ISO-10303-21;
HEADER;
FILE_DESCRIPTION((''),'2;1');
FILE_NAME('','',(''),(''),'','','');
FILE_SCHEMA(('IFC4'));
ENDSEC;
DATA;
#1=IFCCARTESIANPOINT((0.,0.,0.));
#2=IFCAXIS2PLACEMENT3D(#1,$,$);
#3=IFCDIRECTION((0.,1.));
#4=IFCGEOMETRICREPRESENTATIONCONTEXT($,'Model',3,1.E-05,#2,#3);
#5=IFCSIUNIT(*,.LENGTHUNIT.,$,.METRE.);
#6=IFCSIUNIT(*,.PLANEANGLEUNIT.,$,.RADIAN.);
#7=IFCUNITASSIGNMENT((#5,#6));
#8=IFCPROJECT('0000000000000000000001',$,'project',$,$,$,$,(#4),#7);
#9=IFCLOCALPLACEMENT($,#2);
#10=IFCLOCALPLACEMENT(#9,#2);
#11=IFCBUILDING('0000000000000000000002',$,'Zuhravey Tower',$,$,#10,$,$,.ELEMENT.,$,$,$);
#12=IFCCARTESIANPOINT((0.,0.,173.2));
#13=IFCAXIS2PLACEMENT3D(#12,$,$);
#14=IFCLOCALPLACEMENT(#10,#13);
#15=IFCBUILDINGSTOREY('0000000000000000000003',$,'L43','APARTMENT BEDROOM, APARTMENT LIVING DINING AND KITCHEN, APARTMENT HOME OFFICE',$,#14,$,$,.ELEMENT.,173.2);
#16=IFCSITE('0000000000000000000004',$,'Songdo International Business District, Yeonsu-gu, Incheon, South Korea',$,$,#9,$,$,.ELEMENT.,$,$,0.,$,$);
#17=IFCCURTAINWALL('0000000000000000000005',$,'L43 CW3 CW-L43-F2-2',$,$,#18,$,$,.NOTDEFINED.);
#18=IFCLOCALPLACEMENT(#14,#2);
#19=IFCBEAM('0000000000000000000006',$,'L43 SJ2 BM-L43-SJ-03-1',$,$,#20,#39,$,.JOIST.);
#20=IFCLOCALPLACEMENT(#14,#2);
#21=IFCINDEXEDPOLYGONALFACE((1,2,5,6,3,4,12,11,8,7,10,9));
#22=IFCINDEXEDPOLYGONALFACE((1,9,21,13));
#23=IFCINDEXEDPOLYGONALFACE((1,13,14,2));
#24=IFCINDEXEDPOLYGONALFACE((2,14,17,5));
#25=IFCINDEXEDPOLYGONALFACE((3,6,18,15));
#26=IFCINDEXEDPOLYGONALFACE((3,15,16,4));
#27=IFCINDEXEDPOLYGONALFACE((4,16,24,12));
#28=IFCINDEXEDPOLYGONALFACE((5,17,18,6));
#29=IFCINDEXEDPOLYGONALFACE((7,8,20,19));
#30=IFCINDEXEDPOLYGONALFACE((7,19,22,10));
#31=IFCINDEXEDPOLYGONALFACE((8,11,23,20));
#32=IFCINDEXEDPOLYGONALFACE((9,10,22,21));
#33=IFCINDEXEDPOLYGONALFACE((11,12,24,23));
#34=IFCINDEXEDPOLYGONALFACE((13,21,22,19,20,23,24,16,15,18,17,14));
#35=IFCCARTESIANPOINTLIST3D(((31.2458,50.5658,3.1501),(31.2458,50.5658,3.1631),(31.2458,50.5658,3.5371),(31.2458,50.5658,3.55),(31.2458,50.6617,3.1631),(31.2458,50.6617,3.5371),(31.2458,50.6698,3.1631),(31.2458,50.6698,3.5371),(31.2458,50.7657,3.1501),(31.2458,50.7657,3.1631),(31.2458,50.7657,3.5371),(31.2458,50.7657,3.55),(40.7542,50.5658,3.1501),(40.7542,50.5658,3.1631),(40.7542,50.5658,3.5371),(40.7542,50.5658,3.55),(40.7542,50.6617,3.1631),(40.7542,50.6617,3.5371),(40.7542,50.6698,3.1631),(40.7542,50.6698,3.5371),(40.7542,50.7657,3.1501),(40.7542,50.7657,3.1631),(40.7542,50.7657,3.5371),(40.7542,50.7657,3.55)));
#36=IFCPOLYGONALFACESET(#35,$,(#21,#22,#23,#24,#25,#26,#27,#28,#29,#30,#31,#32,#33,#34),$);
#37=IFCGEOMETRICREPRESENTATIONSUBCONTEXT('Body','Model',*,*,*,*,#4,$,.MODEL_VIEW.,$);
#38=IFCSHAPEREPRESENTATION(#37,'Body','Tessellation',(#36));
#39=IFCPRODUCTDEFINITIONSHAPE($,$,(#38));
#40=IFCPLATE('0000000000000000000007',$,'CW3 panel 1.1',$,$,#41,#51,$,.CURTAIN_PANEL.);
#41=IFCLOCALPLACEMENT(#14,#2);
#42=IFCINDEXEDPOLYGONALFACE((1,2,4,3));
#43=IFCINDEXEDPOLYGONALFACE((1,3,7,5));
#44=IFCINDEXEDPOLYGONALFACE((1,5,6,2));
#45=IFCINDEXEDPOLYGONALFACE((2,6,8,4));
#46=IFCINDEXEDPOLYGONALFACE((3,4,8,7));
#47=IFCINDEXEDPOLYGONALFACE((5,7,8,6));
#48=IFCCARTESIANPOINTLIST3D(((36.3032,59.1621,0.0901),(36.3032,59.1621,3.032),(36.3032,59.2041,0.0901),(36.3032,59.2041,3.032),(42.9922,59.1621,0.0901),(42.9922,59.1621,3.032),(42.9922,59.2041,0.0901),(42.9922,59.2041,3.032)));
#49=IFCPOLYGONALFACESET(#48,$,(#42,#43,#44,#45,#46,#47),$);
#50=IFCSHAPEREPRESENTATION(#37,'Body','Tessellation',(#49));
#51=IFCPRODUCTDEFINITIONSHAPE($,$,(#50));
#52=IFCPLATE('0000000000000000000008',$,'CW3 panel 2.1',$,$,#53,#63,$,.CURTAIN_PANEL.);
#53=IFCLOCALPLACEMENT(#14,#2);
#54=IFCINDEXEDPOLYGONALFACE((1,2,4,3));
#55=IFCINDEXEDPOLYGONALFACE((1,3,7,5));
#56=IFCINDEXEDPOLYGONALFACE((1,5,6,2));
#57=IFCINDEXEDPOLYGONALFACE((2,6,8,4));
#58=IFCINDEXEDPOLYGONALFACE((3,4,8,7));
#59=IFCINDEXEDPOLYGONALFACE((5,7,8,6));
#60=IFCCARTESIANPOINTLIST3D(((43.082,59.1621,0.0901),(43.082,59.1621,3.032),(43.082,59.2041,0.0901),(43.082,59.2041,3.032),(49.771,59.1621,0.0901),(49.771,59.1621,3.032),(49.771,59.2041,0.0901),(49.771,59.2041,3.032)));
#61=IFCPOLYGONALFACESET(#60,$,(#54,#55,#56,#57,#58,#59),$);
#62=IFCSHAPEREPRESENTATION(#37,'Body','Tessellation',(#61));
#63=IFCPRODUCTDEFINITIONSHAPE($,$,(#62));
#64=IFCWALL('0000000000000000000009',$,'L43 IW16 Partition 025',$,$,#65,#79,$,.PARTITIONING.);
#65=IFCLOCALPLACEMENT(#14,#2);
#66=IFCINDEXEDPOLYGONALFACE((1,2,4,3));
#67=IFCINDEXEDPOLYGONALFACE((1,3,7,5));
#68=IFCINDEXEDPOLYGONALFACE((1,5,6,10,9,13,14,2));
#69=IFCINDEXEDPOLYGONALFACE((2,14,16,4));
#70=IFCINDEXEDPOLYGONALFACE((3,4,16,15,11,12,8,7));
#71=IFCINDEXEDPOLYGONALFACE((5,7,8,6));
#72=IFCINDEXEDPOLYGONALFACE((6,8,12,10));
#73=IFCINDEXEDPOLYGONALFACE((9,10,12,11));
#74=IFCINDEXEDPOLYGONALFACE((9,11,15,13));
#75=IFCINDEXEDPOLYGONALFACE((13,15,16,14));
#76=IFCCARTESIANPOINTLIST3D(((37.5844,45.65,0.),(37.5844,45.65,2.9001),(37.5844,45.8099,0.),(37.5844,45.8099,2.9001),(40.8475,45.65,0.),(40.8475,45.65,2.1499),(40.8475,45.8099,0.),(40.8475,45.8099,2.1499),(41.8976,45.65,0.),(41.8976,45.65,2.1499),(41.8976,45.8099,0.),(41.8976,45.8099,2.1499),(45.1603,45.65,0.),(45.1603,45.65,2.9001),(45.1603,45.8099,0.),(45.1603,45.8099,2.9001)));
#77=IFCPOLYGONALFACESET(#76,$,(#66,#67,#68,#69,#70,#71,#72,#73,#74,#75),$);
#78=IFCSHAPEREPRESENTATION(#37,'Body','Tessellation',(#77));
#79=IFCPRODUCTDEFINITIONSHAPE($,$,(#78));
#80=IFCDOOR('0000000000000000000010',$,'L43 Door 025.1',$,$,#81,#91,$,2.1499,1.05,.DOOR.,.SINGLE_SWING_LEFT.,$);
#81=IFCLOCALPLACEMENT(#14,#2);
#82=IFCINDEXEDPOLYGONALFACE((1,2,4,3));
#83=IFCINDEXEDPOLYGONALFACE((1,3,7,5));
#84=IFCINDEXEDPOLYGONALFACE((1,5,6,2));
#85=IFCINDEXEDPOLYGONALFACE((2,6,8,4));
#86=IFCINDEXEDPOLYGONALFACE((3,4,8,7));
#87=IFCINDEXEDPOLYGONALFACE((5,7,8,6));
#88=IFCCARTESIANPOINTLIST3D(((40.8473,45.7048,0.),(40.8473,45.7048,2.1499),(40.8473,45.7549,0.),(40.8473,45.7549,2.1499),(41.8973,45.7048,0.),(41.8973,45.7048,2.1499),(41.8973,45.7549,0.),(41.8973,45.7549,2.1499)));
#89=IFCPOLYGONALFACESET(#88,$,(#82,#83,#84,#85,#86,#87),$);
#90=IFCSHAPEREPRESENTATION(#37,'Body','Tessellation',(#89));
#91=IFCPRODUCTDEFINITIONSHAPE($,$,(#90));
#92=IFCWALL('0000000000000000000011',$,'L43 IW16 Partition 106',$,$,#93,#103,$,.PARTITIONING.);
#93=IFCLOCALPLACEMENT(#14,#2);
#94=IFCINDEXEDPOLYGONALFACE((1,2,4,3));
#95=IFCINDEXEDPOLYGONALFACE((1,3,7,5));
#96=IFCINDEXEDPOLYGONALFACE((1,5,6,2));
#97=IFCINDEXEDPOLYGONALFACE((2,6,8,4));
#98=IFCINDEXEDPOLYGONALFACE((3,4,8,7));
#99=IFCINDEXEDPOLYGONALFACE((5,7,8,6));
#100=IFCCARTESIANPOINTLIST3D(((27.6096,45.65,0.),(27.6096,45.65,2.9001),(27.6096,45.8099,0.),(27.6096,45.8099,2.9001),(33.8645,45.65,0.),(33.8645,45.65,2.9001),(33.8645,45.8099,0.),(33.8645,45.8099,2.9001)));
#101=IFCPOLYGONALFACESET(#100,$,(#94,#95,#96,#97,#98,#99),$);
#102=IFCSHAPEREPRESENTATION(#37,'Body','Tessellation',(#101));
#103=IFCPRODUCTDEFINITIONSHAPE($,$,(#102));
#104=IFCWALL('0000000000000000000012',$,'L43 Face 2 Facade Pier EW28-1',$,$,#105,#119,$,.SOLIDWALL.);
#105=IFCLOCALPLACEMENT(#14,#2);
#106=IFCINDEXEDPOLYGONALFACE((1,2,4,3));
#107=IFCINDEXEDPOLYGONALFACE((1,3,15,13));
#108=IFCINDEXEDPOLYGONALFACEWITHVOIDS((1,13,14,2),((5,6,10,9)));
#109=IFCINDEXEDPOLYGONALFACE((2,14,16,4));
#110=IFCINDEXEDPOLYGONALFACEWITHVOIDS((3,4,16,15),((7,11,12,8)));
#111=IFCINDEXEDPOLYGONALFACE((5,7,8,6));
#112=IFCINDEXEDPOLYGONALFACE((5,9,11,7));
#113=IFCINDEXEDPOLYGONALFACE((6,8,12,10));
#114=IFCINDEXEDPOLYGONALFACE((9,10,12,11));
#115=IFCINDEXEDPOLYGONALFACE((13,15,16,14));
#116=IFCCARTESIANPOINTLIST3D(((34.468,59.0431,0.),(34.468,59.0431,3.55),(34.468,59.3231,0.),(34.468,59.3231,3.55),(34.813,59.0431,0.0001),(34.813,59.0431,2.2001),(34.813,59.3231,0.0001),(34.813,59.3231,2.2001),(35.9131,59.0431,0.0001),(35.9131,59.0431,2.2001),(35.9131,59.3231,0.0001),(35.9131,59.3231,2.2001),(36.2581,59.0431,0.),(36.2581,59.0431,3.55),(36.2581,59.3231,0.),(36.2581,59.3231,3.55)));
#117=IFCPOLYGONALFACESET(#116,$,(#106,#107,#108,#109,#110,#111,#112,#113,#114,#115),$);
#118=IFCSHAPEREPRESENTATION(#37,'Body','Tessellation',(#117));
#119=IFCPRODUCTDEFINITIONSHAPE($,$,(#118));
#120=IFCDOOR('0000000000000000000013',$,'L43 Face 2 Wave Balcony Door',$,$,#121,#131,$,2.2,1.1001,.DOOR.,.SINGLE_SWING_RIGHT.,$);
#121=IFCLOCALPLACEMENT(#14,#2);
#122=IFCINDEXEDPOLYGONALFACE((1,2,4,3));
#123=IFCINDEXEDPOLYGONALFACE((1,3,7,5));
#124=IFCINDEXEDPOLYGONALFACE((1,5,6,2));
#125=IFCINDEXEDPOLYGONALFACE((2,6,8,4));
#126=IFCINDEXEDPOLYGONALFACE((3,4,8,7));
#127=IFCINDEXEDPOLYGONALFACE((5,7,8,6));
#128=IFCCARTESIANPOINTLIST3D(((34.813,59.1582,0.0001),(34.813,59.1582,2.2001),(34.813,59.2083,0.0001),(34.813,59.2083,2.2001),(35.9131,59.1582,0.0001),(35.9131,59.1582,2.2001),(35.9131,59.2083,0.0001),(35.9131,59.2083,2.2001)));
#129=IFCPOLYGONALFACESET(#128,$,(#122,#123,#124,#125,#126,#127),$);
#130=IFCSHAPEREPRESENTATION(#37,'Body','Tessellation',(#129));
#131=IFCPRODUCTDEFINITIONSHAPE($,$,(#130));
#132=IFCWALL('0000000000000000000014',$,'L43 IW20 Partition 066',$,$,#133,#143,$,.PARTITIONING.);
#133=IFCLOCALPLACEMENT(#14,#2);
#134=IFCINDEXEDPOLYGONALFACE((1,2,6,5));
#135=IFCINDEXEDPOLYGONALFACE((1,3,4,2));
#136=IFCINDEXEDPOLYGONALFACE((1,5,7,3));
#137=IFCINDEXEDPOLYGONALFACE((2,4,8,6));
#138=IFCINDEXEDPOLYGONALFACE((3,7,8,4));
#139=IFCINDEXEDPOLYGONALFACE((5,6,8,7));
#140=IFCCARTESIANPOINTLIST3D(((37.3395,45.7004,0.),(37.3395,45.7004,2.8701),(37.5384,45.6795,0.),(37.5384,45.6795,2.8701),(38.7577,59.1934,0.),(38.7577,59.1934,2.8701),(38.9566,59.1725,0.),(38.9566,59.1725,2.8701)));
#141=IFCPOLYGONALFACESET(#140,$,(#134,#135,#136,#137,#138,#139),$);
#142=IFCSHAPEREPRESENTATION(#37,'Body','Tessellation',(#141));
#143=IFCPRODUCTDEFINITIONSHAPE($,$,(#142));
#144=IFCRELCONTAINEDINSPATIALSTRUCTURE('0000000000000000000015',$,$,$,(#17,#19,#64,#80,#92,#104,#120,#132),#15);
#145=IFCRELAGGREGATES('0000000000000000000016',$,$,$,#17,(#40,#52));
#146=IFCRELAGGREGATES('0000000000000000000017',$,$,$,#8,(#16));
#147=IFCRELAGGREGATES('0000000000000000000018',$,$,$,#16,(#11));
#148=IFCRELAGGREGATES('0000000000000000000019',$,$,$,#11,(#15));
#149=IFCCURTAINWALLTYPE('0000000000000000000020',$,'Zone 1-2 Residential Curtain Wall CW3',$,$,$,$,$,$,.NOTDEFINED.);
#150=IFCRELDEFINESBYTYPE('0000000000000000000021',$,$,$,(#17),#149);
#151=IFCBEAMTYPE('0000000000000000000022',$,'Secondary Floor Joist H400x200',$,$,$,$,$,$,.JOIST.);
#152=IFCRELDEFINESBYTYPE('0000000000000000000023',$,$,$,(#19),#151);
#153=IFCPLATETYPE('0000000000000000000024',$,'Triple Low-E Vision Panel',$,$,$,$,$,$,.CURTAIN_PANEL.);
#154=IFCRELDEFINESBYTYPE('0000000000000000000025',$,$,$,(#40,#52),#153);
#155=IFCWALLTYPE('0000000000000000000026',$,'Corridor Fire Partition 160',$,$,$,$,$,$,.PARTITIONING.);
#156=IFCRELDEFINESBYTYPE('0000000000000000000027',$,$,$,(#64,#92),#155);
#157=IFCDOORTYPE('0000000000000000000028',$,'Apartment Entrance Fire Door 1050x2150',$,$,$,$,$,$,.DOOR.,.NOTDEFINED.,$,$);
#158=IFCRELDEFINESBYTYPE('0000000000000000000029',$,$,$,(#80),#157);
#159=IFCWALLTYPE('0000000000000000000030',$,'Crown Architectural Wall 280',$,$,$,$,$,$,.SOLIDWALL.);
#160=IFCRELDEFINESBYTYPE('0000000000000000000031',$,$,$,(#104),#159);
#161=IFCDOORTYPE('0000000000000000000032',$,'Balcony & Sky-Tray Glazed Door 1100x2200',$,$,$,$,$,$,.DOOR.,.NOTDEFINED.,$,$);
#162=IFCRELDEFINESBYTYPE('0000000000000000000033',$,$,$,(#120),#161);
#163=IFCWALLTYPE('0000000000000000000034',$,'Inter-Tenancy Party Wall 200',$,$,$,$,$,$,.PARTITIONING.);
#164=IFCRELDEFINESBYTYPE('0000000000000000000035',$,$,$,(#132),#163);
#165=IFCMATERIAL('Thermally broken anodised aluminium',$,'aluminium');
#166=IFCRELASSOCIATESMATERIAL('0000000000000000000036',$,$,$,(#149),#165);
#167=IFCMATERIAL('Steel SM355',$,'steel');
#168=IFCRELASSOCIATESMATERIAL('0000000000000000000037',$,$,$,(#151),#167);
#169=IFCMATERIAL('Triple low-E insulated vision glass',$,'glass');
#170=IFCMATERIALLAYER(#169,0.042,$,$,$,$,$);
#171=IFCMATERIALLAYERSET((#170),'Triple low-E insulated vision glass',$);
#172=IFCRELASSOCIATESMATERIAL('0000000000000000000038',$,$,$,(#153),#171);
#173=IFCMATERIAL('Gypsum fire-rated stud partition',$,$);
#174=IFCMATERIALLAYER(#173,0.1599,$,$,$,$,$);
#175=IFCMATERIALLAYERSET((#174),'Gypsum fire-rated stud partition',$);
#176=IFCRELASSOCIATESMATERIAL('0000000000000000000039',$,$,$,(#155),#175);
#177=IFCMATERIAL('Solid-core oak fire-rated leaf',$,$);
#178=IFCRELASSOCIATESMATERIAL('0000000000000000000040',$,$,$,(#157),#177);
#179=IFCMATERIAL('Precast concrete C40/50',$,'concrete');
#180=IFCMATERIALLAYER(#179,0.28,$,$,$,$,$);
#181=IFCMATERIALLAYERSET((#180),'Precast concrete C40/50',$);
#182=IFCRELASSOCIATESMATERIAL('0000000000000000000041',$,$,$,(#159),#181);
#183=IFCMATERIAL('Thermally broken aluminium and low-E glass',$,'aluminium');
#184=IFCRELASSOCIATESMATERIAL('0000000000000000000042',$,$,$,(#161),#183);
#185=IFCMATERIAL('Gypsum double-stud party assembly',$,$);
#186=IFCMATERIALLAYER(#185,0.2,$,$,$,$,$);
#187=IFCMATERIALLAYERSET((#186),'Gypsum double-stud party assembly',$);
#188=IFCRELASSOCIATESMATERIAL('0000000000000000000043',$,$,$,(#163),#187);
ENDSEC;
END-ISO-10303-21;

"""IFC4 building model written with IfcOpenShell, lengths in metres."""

from ifc_helpers import new_model, si_unit, direction, frame, frame_2d, origin, origin_2d, place, context, subcontext, project, spatial, rectangle, i_section, extrude, material, layer, layer_set, material_profile, profile_set, type_object, element, fill, aggregate, save


model = new_model("IFC4")

# Units and contexts
model_context = context("Model", 3, precision=1e-05, world=origin(), true_north=direction((0.0, 1.0)))
body_context = subcontext(model_context, "Body", "Model", "MODEL_VIEW")
ifc_project = project(units=[si_unit("LENGTHUNIT", "METRE"), si_unit("PLANEANGLEUNIT", "RADIAN")], contexts=[model_context])

# Site, building, storey
site_placement = place(None, origin())
site = spatial("IfcSite", under=ifc_project, at=site_placement, Name="Songdo International Business District, Yeonsu-gu, Incheon, South Korea", CompositionType="ELEMENT", RefElevation=0.0)
building_placement = place(site_placement, origin())
building = spatial("IfcBuilding", under=site, at=building_placement, Name="Zuhravey Tower", CompositionType="ELEMENT")
storey_placement = place(building_placement, frame((0.0, 0.0, 173.2)))
storey = spatial("IfcBuildingStorey", under=building, at=storey_placement, Name="L43", Description="APARTMENT BEDROOM, APARTMENT LIVING DINING AND KITCHEN, APARTMENT HOME OFFICE", CompositionType="ELEMENT", Elevation=173.2)

# Shared definitions
ifc_material_1 = material(Name="Thermally broken anodised aluminium", Category="aluminium")
curtain_wall_type = type_object("IfcCurtainWallType", Name="Zone 1-2 Residential Curtain Wall CW3", PredefinedType="NOTDEFINED", material=ifc_material_1)

# Curtain wall
curtain_wall_1_placement = place(storey_placement, origin())
curtain_wall_1 = element("IfcCurtainWall", 1, at=curtain_wall_1_placement, inside=storey, type_object=curtain_wall_type, Name="L43 CW3 CW-L43-F2-2", PredefinedType="NOTDEFINED")

# Beam
ifc_material_2 = material(Name="Steel SM355", Category="steel")
ifc_material_profile_1 = material_profile(ifc_material_2, i_section(OverallWidth=0.2, OverallDepth=0.3999, WebThickness=0.0081, FlangeThickness=0.0129, at=origin_2d()), Name="H-400x200x8x13")
ifc_profile_set_1 = profile_set([ifc_material_profile_1], Name="Steel SM355")
beam_type_1 = type_object("IfcBeamType", Name="Secondary Floor Joist H400x200", PredefinedType="JOIST", material=ifc_profile_set_1)
beam_1_placement = place(storey_placement, frame((40.7542, 50.6658, 3.3501), z_axis=(-1.0, 0.0, 0.0), x_axis=(0.0, -1.0, 0.0)))
element("IfcBeam", 2, at=beam_1_placement, inside=storey, type_object=beam_type_1, Name="L43 SJ2 BM-L43-SJ-03-1", PredefinedType="JOIST", context=body_context, shape_type="SweptSolid", body=[
    extrude(i_section(OverallWidth=0.2, OverallDepth=0.3999, WebThickness=0.0081, FlangeThickness=0.0129, at=origin_2d()), origin(), (0.0, 0.0, 1.0), 9.5083),
])

# Plates
ifc_material_3 = material(Name="Triple low-E insulated vision glass", Category="glass")
ifc_layer_1 = layer(ifc_material_3, 0.042)
ifc_layer_set_1 = layer_set([ifc_layer_1], Name="Triple low-E insulated vision glass")
plate_type = type_object("IfcPlateType", Name="Triple Low-E Vision Panel", PredefinedType="CURTAIN_PANEL", material=ifc_layer_set_1)
plate_1_placement = place(storey_placement, frame((39.6477, 59.1831, 0.0901), z_axis=(0.0, 0.0, 1.0), x_axis=(1.0, 0.0, 0.0)))
plate_1 = element("IfcPlate", 3, at=plate_1_placement, type_object=plate_type, Name="CW3 panel 1.1", PredefinedType="CURTAIN_PANEL", context=body_context, shape_type="SweptSolid", body=[
    extrude(rectangle(XDim=6.689, YDim=0.042, at=origin_2d()), origin(), (0.0, 0.0, 1.0), 2.9419),
])
plate_2_placement = place(storey_placement, frame((46.4265, 59.1831, 0.0901), z_axis=(0.0, 0.0, 1.0), x_axis=(1.0, 0.0, 0.0)))
plate_2 = element("IfcPlate", 4, at=plate_2_placement, type_object=plate_type, Name="CW3 panel 2.1", PredefinedType="CURTAIN_PANEL", context=body_context, shape_type="SweptSolid", body=[
    extrude(rectangle(XDim=6.689, YDim=0.042, at=origin_2d()), origin(), (0.0, 0.0, 1.0), 2.9419),
])
aggregate(curtain_wall_1, [plate_1, plate_2])

# Wall, opening, door
ifc_material_4 = material(Name="Gypsum fire-rated stud partition")
ifc_layer_2 = layer(ifc_material_4, 0.1599)
ifc_layer_set_2 = layer_set([ifc_layer_2], Name="Gypsum fire-rated stud partition")
wall_type_1 = type_object("IfcWallType", Name="Corridor Fire Partition 160", PredefinedType="PARTITIONING", material=ifc_layer_set_2)
wall_1_placement = place(storey_placement, frame((45.1604, 45.73, 0.0), z_axis=(0.0, 0.0, 1.0), x_axis=(-1.0, 0.0, 0.0)))
wall_1 = element("IfcWall", 5, at=wall_1_placement, inside=storey, type_object=wall_type_1, Name="L43 IW16 Partition 025", PredefinedType="PARTITIONING", context=body_context, shape_type="SweptSolid", body=[
    extrude(rectangle(XDim=7.5759, YDim=0.1599, at=frame_2d((3.7881, 0.0))), origin(), (0.0, 0.0, 1.0), 2.9001),
])
opening_1_placement = place(wall_1_placement, frame((3.2629, 0.0, 0.0)))
opening_1 = element("IfcOpeningElement", 6, at=opening_1_placement, cuts=wall_1, PredefinedType="OPENING", context=body_context, shape_type="SweptSolid", body=[
    extrude(rectangle(XDim=1.05, YDim=2.1499, at=frame_2d((0.5249, 1.075))), frame((0.0, 0.092, 0.0), z_axis=(0.0, -1.0, 0.0), x_axis=(1.0, 0.0, 0.0)), (0.0, 0.0, 1.0), 0.1838),
])
ifc_material_5 = material(Name="Solid-core oak fire-rated leaf")
door_type_1 = type_object("IfcDoorType", Name="Apartment Entrance Fire Door 1050x2150", OperationType="NOTDEFINED", PredefinedType="DOOR", material=ifc_material_5)
door_1_placement = place(opening_1_placement, frame((1.05, 0.0, 0.0), z_axis=(0.0, 0.0, 1.0), x_axis=(-1.0, 0.0, 0.0)))
door_1 = element("IfcDoor", 7, at=door_1_placement, inside=storey, type_object=door_type_1, Name="L43 Door 025.1", OperationType="SINGLE_SWING_LEFT", OverallHeight=2.1499, OverallWidth=1.05, PredefinedType="DOOR", context=body_context, shape_type="SweptSolid", body=[
    extrude(rectangle(XDim=1.05, YDim=2.1499, at=frame_2d((0.5249, 1.075))), frame((0.0, 0.0249, 0.0), z_axis=(0.0, -1.0, 0.0), x_axis=(1.0, 0.0, 0.0)), (0.0, 0.0, 1.0), 0.05),
])
fill(opening_1, door_1)

# Wall
wall_2_placement = place(storey_placement, frame((33.8645, 45.73, 0.0), z_axis=(0.0, 0.0, 1.0), x_axis=(-1.0, 0.0, 0.0)))
element("IfcWall", 8, at=wall_2_placement, inside=storey, type_object=wall_type_1, Name="L43 IW16 Partition 106", PredefinedType="PARTITIONING", context=body_context, shape_type="SweptSolid", body=[
    extrude(rectangle(XDim=6.2549, YDim=0.1599, at=frame_2d((3.1274, 0.0))), origin(), (0.0, 0.0, 1.0), 2.9001),
])

# Wall, opening, door
ifc_material_6 = material(Name="Precast concrete C40/50", Category="concrete")
ifc_layer_3 = layer(ifc_material_6, 0.28)
ifc_layer_set_3 = layer_set([ifc_layer_3], Name="Precast concrete C40/50")
wall_type_2 = type_object("IfcWallType", Name="Crown Architectural Wall 280", PredefinedType="SOLIDWALL", material=ifc_layer_set_3)
wall_3_placement = place(storey_placement, frame((34.468, 59.1831, 0.0), z_axis=(0.0, 0.0, 1.0), x_axis=(1.0, 0.0, 0.0)))
wall_3 = element("IfcWall", 9, at=wall_3_placement, inside=storey, type_object=wall_type_2, Name="L43 Face 2 Facade Pier EW28-1", PredefinedType="SOLIDWALL", context=body_context, shape_type="SweptSolid", body=[
    extrude(rectangle(XDim=1.79, YDim=0.28, at=frame_2d((0.895, 0.0))), origin(), (0.0, 0.0, 1.0), 3.55),
])
opening_2_placement = place(wall_3_placement, frame((0.345, 0.0, 0.0)))
opening_2 = element("IfcOpeningElement", 10, at=opening_2_placement, cuts=wall_3, PredefinedType="OPENING", context=body_context, shape_type="SweptSolid", body=[
    extrude(rectangle(XDim=1.1001, YDim=2.2, at=frame_2d((0.55, 1.1001))), frame((0.0, 0.1521, 0.0), z_axis=(0.0, -1.0, 0.0), x_axis=(1.0, 0.0, 0.0)), (0.0, 0.0, 1.0), 0.304),
])
ifc_material_7 = material(Name="Thermally broken aluminium and low-E glass", Category="aluminium")
door_type_2 = type_object("IfcDoorType", Name="Balcony & Sky-Tray Glazed Door 1100x2200", OperationType="NOTDEFINED", PredefinedType="DOOR", material=ifc_material_7)
door_2_placement = place(opening_2_placement, frame((1.1001, 0.0, 0.0), z_axis=(0.0, 0.0, 1.0), x_axis=(-1.0, 0.0, 0.0)))
door_2 = element("IfcDoor", 11, at=door_2_placement, inside=storey, type_object=door_type_2, Name="L43 Face 2 Wave Balcony Door", OperationType="SINGLE_SWING_RIGHT", OverallHeight=2.2, OverallWidth=1.1001, PredefinedType="DOOR", context=body_context, shape_type="SweptSolid", body=[
    extrude(rectangle(XDim=1.1001, YDim=2.2, at=frame_2d((0.55, 1.1001))), frame((0.0, 0.0249, 0.0), z_axis=(0.0, -1.0, 0.0), x_axis=(1.0, 0.0, 0.0)), (0.0, 0.0, 1.0), 0.05),
])
fill(opening_2, door_2)

# Wall
ifc_material_8 = material(Name="Gypsum double-stud party assembly")
ifc_layer_4 = layer(ifc_material_8, 0.2)
ifc_layer_set_4 = layer_set([ifc_layer_4], Name="Gypsum double-stud party assembly")
wall_type_3 = type_object("IfcWallType", Name="Inter-Tenancy Party Wall 200", PredefinedType="PARTITIONING", material=ifc_layer_set_4)
wall_4_placement = place(storey_placement, frame((37.439, 45.6899, 0.0), z_axis=(0.0, 0.0, 1.0), x_axis=(0.10453, 0.994522, 0.0)))
element("IfcWall", 12, at=wall_4_placement, inside=storey, type_object=wall_type_3, Name="L43 IW20 Partition 066", PredefinedType="PARTITIONING", context=body_context, shape_type="SweptSolid", body=[
    extrude(rectangle(XDim=13.5674, YDim=0.2, at=frame_2d((6.7837, 0.0))), origin(), (0.0, 0.0, 1.0), 2.8701),
])

save(model, "model.ifc")
